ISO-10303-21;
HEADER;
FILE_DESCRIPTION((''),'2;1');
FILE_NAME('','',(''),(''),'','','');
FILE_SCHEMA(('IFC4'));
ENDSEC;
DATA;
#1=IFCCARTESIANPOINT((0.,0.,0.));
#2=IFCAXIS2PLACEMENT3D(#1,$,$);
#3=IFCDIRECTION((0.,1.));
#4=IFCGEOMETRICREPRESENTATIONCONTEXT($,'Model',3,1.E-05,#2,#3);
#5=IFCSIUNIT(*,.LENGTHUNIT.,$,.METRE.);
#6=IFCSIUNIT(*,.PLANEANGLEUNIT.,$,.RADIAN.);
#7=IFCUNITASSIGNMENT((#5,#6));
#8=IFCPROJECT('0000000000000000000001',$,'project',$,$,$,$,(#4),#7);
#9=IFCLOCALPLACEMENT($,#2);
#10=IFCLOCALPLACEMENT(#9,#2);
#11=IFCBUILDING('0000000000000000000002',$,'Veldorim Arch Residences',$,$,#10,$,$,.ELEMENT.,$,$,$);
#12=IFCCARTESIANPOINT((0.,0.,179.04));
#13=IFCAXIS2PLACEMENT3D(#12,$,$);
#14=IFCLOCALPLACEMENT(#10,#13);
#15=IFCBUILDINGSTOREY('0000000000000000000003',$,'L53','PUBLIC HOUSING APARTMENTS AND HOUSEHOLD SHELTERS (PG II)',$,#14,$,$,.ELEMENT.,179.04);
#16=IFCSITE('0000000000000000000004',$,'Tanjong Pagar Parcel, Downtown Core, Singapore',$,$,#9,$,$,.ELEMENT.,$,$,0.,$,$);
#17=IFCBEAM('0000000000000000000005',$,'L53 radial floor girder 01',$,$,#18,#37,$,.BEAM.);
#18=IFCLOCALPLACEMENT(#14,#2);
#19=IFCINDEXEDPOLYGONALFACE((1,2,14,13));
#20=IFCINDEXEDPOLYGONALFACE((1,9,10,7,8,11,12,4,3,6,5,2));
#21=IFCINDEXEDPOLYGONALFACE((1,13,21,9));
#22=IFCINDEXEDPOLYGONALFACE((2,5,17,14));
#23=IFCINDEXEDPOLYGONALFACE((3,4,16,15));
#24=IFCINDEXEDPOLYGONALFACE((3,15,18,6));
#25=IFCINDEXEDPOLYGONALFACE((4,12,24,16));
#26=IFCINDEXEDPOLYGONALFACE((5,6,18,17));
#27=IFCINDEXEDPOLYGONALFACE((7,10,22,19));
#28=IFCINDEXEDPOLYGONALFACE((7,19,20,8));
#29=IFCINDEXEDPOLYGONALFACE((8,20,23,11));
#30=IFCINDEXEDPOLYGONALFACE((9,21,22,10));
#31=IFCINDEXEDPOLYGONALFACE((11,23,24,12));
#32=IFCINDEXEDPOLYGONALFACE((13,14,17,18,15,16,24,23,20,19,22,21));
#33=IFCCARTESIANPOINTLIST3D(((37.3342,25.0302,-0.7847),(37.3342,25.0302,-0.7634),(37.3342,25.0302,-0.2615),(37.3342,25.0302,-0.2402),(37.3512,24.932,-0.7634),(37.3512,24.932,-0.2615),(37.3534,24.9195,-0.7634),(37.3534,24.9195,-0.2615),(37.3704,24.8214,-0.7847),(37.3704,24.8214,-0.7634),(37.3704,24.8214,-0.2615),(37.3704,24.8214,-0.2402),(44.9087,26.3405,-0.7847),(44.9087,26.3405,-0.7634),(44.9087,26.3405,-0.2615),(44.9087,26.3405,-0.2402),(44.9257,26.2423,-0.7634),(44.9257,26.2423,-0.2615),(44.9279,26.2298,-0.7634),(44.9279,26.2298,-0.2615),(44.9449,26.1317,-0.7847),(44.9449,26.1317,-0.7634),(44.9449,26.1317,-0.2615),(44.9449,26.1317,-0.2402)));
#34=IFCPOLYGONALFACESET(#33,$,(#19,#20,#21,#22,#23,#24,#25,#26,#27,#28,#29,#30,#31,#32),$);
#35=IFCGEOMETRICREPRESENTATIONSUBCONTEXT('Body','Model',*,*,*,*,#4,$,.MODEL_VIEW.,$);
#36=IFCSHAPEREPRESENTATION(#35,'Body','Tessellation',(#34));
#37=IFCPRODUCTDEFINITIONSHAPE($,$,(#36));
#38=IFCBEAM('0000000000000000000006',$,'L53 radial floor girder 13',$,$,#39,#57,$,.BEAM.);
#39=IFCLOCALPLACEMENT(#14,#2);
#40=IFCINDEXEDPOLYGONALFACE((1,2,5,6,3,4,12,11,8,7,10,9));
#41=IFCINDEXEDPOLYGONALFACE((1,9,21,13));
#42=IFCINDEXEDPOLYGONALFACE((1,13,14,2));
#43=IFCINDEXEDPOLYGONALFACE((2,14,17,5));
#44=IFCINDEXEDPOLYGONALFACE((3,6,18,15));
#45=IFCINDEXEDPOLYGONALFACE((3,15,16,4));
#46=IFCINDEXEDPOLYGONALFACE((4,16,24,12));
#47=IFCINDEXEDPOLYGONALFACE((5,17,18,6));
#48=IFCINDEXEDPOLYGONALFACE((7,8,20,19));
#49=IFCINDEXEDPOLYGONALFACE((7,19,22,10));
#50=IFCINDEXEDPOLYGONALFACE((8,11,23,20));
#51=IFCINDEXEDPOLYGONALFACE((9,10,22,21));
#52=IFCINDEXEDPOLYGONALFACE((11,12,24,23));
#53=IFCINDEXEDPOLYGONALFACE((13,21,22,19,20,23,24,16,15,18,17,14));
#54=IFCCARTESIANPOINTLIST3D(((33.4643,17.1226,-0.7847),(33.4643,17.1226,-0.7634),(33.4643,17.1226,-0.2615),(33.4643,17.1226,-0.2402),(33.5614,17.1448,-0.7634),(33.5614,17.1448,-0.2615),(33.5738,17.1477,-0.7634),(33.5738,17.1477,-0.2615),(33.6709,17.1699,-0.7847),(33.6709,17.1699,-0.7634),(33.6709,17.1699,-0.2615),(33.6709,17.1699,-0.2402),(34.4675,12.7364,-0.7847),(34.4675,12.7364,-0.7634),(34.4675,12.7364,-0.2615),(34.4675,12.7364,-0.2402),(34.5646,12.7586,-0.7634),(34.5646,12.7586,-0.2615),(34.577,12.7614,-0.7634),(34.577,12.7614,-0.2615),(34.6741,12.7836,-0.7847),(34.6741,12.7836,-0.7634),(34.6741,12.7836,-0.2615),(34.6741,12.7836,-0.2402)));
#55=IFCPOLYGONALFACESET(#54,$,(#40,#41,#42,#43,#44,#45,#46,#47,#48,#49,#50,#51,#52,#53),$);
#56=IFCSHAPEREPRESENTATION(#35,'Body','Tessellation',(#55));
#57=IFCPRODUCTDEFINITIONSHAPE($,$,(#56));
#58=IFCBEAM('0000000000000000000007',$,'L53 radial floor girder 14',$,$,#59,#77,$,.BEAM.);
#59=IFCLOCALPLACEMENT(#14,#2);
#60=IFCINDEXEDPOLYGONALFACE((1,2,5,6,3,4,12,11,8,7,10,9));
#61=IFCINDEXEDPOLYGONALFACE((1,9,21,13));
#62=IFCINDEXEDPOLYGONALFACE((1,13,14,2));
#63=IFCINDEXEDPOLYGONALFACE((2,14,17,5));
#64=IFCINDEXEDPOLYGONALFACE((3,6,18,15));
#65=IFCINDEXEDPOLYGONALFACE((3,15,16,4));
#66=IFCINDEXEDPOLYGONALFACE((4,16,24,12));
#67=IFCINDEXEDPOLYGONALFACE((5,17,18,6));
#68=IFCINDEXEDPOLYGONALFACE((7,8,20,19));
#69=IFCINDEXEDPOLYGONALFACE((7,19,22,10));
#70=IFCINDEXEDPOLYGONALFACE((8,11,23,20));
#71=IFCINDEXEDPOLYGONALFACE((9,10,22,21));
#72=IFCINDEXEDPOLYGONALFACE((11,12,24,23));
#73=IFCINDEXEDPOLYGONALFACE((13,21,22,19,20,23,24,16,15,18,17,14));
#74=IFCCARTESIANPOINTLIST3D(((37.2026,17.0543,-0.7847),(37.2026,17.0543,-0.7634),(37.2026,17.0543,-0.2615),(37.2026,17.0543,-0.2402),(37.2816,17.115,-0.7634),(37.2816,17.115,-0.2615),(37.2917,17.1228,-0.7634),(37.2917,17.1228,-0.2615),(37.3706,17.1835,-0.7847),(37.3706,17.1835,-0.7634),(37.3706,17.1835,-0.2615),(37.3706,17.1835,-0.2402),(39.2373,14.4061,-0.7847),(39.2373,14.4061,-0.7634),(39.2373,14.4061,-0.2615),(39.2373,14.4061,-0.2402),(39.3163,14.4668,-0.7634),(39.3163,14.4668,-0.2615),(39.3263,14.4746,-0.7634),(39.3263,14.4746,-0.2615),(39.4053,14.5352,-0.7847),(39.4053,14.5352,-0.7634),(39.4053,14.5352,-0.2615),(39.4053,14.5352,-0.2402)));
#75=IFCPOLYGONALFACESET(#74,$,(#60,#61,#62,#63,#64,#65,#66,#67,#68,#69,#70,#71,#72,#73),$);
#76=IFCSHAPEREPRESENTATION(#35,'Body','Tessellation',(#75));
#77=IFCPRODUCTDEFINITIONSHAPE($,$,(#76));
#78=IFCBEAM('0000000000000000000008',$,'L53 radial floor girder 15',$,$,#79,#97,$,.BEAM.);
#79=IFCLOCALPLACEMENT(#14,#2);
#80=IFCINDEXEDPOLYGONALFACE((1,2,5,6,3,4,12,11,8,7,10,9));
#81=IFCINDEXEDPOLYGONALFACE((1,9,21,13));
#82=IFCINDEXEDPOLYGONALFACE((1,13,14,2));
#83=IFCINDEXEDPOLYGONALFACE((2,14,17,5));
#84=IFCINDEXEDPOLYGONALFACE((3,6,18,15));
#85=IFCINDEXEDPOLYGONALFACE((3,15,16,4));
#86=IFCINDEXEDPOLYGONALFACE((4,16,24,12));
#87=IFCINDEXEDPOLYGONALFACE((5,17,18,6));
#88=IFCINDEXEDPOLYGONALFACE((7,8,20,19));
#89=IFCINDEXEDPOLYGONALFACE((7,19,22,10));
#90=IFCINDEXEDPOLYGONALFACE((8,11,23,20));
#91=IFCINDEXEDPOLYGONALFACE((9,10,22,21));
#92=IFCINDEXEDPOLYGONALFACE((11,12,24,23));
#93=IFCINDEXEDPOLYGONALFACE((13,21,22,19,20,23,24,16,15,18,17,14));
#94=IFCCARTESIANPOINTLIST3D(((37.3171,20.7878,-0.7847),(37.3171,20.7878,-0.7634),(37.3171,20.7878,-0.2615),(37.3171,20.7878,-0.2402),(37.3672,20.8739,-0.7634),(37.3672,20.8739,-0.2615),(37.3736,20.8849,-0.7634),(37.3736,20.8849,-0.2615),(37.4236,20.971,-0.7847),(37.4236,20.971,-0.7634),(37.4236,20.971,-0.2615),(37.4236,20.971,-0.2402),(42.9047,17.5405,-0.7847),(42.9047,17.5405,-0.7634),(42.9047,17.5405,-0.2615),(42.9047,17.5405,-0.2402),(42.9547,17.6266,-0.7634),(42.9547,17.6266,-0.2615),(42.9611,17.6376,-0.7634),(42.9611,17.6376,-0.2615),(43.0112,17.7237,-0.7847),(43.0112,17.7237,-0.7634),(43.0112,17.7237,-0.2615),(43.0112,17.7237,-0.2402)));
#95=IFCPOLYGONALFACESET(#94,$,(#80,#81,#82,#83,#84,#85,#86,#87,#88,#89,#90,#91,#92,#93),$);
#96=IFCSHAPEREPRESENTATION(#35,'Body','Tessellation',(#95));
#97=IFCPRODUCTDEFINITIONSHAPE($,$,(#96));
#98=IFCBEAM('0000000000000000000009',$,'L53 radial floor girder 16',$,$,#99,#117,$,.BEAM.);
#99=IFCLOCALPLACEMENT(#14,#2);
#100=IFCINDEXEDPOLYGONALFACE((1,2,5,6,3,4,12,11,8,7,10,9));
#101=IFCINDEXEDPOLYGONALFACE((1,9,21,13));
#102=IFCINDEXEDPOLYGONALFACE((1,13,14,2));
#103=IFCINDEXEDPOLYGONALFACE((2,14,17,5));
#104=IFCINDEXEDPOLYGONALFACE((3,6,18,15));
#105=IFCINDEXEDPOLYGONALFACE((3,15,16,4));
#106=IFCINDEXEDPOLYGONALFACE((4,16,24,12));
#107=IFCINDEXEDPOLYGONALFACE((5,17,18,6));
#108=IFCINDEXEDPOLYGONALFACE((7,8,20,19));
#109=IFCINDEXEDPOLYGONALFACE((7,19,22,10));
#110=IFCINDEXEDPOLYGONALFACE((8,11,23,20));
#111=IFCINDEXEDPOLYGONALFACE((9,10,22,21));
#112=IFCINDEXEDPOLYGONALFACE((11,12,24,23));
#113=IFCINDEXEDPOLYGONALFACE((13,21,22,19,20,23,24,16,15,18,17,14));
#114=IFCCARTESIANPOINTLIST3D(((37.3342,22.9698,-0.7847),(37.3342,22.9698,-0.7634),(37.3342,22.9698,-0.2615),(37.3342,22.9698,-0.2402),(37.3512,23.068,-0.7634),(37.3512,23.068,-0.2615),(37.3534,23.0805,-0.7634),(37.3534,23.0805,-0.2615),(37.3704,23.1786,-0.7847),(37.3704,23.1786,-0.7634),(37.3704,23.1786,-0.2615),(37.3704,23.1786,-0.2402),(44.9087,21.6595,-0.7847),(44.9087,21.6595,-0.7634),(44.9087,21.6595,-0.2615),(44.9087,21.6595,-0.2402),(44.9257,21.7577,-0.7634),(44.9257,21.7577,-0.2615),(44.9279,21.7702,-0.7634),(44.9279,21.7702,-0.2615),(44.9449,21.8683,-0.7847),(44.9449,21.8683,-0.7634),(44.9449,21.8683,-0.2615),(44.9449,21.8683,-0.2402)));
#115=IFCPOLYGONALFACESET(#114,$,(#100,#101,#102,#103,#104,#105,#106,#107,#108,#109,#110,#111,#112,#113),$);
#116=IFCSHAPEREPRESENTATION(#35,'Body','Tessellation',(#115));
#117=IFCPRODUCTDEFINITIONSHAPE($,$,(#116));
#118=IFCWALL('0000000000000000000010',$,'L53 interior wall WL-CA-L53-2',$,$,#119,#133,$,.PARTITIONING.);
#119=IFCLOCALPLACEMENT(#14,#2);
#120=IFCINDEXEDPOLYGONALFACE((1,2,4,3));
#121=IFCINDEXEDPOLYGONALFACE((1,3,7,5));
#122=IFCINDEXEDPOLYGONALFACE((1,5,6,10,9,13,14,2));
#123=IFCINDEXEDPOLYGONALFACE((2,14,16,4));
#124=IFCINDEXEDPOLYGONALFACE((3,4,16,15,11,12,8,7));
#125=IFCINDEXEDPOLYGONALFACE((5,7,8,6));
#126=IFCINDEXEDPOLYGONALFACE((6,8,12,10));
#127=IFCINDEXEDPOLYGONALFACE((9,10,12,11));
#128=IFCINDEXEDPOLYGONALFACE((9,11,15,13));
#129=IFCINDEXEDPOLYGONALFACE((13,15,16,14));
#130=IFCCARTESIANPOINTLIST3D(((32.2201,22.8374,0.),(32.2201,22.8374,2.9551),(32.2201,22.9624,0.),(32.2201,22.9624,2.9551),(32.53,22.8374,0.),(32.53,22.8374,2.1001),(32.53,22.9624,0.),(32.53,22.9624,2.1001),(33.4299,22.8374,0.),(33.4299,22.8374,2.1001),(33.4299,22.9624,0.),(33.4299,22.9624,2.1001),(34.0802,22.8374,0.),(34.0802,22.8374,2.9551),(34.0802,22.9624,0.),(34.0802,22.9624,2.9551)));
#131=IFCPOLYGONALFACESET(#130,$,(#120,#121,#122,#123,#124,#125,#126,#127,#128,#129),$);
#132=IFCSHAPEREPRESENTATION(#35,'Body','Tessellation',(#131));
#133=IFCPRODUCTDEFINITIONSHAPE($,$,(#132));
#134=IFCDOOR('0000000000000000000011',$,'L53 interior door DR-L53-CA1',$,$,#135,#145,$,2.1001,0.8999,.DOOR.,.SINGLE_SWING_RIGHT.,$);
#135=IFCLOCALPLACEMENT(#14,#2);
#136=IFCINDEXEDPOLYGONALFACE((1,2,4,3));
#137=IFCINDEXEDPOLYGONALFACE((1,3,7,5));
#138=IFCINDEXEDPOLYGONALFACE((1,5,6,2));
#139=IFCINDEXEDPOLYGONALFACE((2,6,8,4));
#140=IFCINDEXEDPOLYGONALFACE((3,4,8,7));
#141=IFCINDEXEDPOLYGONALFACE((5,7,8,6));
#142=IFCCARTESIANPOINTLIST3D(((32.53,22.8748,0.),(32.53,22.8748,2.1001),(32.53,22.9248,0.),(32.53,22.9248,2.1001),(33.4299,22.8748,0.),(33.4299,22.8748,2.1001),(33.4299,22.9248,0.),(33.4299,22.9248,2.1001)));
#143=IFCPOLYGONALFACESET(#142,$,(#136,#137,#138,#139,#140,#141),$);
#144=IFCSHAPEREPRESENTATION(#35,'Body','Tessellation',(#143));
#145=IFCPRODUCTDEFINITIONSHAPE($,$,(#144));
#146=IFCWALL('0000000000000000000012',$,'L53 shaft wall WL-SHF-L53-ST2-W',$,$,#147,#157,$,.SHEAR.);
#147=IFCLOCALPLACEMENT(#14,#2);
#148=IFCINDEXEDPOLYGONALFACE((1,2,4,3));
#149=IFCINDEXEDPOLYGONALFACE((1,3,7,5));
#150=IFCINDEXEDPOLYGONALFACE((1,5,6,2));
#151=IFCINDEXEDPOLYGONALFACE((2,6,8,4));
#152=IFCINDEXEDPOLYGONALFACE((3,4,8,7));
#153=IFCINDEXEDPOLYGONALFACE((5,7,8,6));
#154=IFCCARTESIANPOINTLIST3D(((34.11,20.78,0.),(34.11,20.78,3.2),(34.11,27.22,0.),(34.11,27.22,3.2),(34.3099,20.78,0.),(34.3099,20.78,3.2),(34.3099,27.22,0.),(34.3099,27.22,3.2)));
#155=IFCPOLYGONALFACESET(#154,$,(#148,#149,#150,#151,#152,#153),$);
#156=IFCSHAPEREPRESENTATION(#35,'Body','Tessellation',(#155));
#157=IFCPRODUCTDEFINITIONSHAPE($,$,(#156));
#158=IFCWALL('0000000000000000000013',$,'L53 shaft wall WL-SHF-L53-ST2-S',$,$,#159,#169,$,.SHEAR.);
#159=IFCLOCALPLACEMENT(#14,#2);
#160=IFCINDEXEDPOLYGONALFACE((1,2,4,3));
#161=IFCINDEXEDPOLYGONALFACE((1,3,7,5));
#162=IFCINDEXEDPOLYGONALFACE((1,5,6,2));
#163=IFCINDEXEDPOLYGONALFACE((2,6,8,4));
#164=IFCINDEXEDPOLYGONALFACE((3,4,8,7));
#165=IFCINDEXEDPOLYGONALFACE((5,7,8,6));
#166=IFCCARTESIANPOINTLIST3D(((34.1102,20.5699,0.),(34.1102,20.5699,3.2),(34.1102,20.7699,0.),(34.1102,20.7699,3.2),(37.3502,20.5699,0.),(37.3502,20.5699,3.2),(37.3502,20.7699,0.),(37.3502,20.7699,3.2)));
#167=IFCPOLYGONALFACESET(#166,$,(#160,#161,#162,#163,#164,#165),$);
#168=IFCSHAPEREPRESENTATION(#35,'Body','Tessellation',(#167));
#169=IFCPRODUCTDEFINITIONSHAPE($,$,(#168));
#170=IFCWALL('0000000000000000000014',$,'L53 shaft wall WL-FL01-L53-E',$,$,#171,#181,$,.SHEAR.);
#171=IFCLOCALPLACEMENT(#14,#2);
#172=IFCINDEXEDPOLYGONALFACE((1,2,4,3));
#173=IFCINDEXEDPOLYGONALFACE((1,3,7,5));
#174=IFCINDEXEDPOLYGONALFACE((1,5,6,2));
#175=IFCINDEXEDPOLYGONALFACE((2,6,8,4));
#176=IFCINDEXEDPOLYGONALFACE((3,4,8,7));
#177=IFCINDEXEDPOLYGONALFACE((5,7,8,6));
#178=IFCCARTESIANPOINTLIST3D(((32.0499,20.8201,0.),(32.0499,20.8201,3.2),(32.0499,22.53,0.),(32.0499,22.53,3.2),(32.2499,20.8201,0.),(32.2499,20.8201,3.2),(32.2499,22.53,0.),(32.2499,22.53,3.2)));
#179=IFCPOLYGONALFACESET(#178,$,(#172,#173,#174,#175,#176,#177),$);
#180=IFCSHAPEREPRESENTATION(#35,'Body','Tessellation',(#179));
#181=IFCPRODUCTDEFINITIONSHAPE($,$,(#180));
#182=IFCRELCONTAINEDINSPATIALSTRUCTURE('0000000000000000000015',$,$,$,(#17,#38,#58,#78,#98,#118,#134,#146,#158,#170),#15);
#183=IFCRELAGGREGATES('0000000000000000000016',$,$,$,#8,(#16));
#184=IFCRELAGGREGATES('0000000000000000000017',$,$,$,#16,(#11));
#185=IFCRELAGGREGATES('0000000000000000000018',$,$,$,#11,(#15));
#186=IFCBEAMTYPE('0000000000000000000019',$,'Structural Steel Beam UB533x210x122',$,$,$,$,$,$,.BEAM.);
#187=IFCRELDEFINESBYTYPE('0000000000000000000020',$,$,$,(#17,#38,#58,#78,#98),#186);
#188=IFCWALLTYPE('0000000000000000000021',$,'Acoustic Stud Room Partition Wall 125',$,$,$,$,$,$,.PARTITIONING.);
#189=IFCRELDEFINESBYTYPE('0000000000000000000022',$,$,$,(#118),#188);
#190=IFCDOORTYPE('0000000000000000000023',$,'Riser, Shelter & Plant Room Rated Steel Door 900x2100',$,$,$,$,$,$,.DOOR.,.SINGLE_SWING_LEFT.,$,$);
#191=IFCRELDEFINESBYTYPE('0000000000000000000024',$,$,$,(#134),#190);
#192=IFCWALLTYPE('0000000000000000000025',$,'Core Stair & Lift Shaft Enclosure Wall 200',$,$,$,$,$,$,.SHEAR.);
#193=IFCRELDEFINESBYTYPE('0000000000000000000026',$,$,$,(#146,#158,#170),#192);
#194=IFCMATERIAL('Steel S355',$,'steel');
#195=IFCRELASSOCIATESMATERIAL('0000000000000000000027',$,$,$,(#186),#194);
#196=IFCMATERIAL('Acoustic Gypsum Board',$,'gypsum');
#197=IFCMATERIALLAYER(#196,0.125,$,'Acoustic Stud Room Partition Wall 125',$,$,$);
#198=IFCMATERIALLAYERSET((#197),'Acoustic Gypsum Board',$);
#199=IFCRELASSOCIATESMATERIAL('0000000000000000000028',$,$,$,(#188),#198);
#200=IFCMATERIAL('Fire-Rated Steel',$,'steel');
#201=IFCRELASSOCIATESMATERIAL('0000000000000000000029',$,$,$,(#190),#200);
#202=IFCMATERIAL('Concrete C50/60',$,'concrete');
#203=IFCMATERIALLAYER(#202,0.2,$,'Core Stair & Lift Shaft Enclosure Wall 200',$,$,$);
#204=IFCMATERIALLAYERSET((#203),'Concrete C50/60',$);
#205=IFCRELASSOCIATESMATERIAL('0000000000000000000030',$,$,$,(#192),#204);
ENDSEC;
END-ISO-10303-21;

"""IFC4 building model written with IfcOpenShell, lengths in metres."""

from ifc_helpers import new_model, si_unit, direction, frame, frame_2d, origin, origin_2d, place, context, subcontext, project, spatial, rectangle, i_section, extrude, material, layer, layer_set, material_profile, profile_set, type_object, element, fill, save


model = new_model("IFC4")

# Units and contexts
model_context = context("Model", 3, precision=1e-05, world=origin(), true_north=direction((0.0, 1.0)))
body_context = subcontext(model_context, "Body", "Model", "MODEL_VIEW")
ifc_project = project(units=[si_unit("LENGTHUNIT", "METRE"), si_unit("PLANEANGLEUNIT", "RADIAN")], contexts=[model_context])

# Site, building, storey
site_placement = place(None, origin())
site = spatial("IfcSite", under=ifc_project, at=site_placement, Name="Tanjong Pagar Parcel, Downtown Core, Singapore", CompositionType="ELEMENT", RefElevation=0.0)
building_placement = place(site_placement, origin())
building = spatial("IfcBuilding", under=site, at=building_placement, Name="Veldorim Arch Residences", CompositionType="ELEMENT")
storey_placement = place(building_placement, frame((0.0, 0.0, 179.04)))
storey = spatial("IfcBuildingStorey", under=building, at=storey_placement, Name="L53", Description="PUBLIC HOUSING APARTMENTS AND HOUSEHOLD SHELTERS (PG II)", CompositionType="ELEMENT", Elevation=179.04)

# Beams
ifc_material_1 = material(Name="Steel S355", Category="steel")
ifc_material_profile = material_profile(ifc_material_1, i_section(OverallWidth=0.2119, OverallDepth=0.5444, WebThickness=0.0127, FlangeThickness=0.0212, at=origin_2d()), Name="UB533x210x122")
ifc_profile_set = profile_set([ifc_material_profile], Name="Steel S355")
beam_type = type_object("IfcBeamType", Name="Structural Steel Beam UB533x210x122", PredefinedType="BEAM", material=ifc_profile_set)
beam_1_placement = place(storey_placement, frame((37.3523, 24.9258, -0.5125), z_axis=(0.985365, 0.170458, 0.0), x_axis=(-0.170458, 0.985365, 0.0)))
element("IfcBeam", 1, at=beam_1_placement, inside=storey, type_object=beam_type, Name="L53 radial floor girder 01", PredefinedType="BEAM", context=body_context, shape_type="SweptSolid", body=[
    extrude(i_section(OverallWidth=0.2119, OverallDepth=0.5444, WebThickness=0.0127, FlangeThickness=0.0212, at=origin_2d()), origin(), (0.0, 0.0, 1.0), 7.687),
])
beam_2_placement = place(storey_placement, frame((33.5676, 17.1462, -0.5125), z_axis=(0.222953, -0.974829, 0.0), x_axis=(0.974829, 0.222953, 0.0)))
element("IfcBeam", 2, at=beam_2_placement, inside=storey, type_object=beam_type, Name="L53 radial floor girder 13", PredefinedType="BEAM", context=body_context, shape_type="SweptSolid", body=[
    extrude(i_section(OverallWidth=0.2119, OverallDepth=0.5444, WebThickness=0.0127, FlangeThickness=0.0212, at=origin_2d()), origin(), (0.0, 0.0, 1.0), 4.4995),
])
beam_3_placement = place(storey_placement, frame((37.2866, 17.1189, -0.5125), z_axis=(0.609258, -0.792972, 0.0), x_axis=(0.792972, 0.609258, 0.0)))
element("IfcBeam", 3, at=beam_3_placement, inside=storey, type_object=beam_type, Name="L53 radial floor girder 14", PredefinedType="BEAM", context=body_context, shape_type="SweptSolid", body=[
    extrude(i_section(OverallWidth=0.2119, OverallDepth=0.5444, WebThickness=0.0127, FlangeThickness=0.0212, at=origin_2d()), origin(), (0.0, 0.0, 1.0), 3.3396),
])
beam_4_placement = place(storey_placement, frame((37.3704, 20.8794, -0.5125), z_axis=(0.864596, -0.502468, 0.0), x_axis=(0.502468, 0.864596, 0.0)))
element("IfcBeam", 4, at=beam_4_placement, inside=storey, type_object=beam_type, Name="L53 radial floor girder 15", PredefinedType="BEAM", context=body_context, shape_type="SweptSolid", body=[
    extrude(i_section(OverallWidth=0.2119, OverallDepth=0.5444, WebThickness=0.0127, FlangeThickness=0.0212, at=origin_2d()), origin(), (0.0, 0.0, 1.0), 6.4626),
])
beam_5_placement = place(storey_placement, frame((37.3523, 23.0742, -0.5125), z_axis=(0.985365, -0.170458, 0.0), x_axis=(0.170458, 0.985365, 0.0)))
element("IfcBeam", 5, at=beam_5_placement, inside=storey, type_object=beam_type, Name="L53 radial floor girder 16", PredefinedType="BEAM", context=body_context, shape_type="SweptSolid", body=[
    extrude(i_section(OverallWidth=0.2119, OverallDepth=0.5444, WebThickness=0.0127, FlangeThickness=0.0212, at=origin_2d()), origin(), (0.0, 0.0, 1.0), 7.687),
])

# Wall, opening, door
ifc_material_2 = material(Name="Acoustic Gypsum Board", Category="gypsum")
ifc_layer_1 = layer(ifc_material_2, 0.125, Name="Acoustic Stud Room Partition Wall 125")
ifc_layer_set_1 = layer_set([ifc_layer_1], Name="Acoustic Gypsum Board")
wall_type_1 = type_object("IfcWallType", Name="Acoustic Stud Room Partition Wall 125", PredefinedType="PARTITIONING", material=ifc_layer_set_1)
wall_1_placement = place(storey_placement, frame((32.22, 22.8999, 0.0), z_axis=(0.0, 0.0, 1.0), x_axis=(1.0, 0.0, 0.0)))
wall_1 = element("IfcWall", 6, at=wall_1_placement, inside=storey, type_object=wall_type_1, Name="L53 interior wall WL-CA-L53-2", PredefinedType="PARTITIONING", context=body_context, shape_type="SweptSolid", body=[
    extrude(rectangle(XDim=1.8601, YDim=0.125, at=frame_2d((0.9302, 0.0))), origin(), (0.0, 0.0, 1.0), 2.9551),
])
opening_placement = place(wall_1_placement, frame((0.3101, 0.0, 0.0)))
opening = element("IfcOpeningElement", 7, at=opening_placement, cuts=wall_1, PredefinedType="OPENING", context=body_context, shape_type="SweptSolid", body=[
    extrude(rectangle(XDim=0.8999, YDim=2.1001, at=frame_2d((0.45, 1.05))), frame((0.0, 0.0725, 0.0), z_axis=(0.0, -1.0, 0.0), x_axis=(1.0, 0.0, 0.0)), (0.0, 0.0, 1.0), 0.145),
])
ifc_material_3 = material(Name="Fire-Rated Steel", Category="steel")
door_type = type_object("IfcDoorType", Name="Riser, Shelter & Plant Room Rated Steel Door 900x2100", OperationType="SINGLE_SWING_LEFT", PredefinedType="DOOR", material=ifc_material_3)
door_placement = place(opening_placement, origin())
door = element("IfcDoor", 8, at=door_placement, inside=storey, type_object=door_type, Name="L53 interior door DR-L53-CA1", OperationType="SINGLE_SWING_RIGHT", OverallHeight=2.1001, OverallWidth=0.8999, PredefinedType="DOOR", context=body_context, shape_type="SweptSolid", body=[
    extrude(rectangle(XDim=0.8999, YDim=2.1001, at=frame_2d((0.45, 1.05))), frame((0.0, 0.0249, 0.0), z_axis=(0.0, -1.0, 0.0), x_axis=(1.0, 0.0, 0.0)), (0.0, 0.0, 1.0), 0.05),
])
fill(opening, door)

# Walls
ifc_material_4 = material(Name="Concrete C50/60", Category="concrete")
ifc_layer_2 = layer(ifc_material_4, 0.2, Name="Core Stair & Lift Shaft Enclosure Wall 200")
ifc_layer_set_2 = layer_set([ifc_layer_2], Name="Concrete C50/60")
wall_type_2 = type_object("IfcWallType", Name="Core Stair & Lift Shaft Enclosure Wall 200", PredefinedType="SHEAR", material=ifc_layer_set_2)
wall_2_placement = place(storey_placement, frame((34.21, 20.78, 0.0), z_axis=(0.0, 0.0, 1.0), x_axis=(0.0, 1.0, 0.0)))
element("IfcWall", 9, at=wall_2_placement, inside=storey, type_object=wall_type_2, Name="L53 shaft wall WL-SHF-L53-ST2-W", PredefinedType="SHEAR", context=body_context, shape_type="SweptSolid", body=[
    extrude(rectangle(XDim=6.4399, YDim=0.2, at=frame_2d((3.22, 0.0))), origin(), (0.0, 0.0, 1.0), 3.2),
])
wall_3_placement = place(storey_placement, frame((34.1101, 20.6699, 0.0), z_axis=(0.0, 0.0, 1.0), x_axis=(1.0, 0.0, 0.0)))
element("IfcWall", 10, at=wall_3_placement, inside=storey, type_object=wall_type_2, Name="L53 shaft wall WL-SHF-L53-ST2-S", PredefinedType="SHEAR", context=body_context, shape_type="SweptSolid", body=[
    extrude(rectangle(XDim=3.24, YDim=0.2, at=frame_2d((1.6201, 0.0))), origin(), (0.0, 0.0, 1.0), 3.2),
])
wall_4_placement = place(storey_placement, frame((32.1499, 20.8201, 0.0), z_axis=(0.0, 0.0, 1.0), x_axis=(0.0, 1.0, 0.0)))
element("IfcWall", 11, at=wall_4_placement, inside=storey, type_object=wall_type_2, Name="L53 shaft wall WL-FL01-L53-E", PredefinedType="SHEAR", context=body_context, shape_type="SweptSolid", body=[
    extrude(rectangle(XDim=1.71, YDim=0.2, at=frame_2d((0.855, 0.0))), origin(), (0.0, 0.0, 1.0), 3.2),
])

save(model, "model.ifc")
